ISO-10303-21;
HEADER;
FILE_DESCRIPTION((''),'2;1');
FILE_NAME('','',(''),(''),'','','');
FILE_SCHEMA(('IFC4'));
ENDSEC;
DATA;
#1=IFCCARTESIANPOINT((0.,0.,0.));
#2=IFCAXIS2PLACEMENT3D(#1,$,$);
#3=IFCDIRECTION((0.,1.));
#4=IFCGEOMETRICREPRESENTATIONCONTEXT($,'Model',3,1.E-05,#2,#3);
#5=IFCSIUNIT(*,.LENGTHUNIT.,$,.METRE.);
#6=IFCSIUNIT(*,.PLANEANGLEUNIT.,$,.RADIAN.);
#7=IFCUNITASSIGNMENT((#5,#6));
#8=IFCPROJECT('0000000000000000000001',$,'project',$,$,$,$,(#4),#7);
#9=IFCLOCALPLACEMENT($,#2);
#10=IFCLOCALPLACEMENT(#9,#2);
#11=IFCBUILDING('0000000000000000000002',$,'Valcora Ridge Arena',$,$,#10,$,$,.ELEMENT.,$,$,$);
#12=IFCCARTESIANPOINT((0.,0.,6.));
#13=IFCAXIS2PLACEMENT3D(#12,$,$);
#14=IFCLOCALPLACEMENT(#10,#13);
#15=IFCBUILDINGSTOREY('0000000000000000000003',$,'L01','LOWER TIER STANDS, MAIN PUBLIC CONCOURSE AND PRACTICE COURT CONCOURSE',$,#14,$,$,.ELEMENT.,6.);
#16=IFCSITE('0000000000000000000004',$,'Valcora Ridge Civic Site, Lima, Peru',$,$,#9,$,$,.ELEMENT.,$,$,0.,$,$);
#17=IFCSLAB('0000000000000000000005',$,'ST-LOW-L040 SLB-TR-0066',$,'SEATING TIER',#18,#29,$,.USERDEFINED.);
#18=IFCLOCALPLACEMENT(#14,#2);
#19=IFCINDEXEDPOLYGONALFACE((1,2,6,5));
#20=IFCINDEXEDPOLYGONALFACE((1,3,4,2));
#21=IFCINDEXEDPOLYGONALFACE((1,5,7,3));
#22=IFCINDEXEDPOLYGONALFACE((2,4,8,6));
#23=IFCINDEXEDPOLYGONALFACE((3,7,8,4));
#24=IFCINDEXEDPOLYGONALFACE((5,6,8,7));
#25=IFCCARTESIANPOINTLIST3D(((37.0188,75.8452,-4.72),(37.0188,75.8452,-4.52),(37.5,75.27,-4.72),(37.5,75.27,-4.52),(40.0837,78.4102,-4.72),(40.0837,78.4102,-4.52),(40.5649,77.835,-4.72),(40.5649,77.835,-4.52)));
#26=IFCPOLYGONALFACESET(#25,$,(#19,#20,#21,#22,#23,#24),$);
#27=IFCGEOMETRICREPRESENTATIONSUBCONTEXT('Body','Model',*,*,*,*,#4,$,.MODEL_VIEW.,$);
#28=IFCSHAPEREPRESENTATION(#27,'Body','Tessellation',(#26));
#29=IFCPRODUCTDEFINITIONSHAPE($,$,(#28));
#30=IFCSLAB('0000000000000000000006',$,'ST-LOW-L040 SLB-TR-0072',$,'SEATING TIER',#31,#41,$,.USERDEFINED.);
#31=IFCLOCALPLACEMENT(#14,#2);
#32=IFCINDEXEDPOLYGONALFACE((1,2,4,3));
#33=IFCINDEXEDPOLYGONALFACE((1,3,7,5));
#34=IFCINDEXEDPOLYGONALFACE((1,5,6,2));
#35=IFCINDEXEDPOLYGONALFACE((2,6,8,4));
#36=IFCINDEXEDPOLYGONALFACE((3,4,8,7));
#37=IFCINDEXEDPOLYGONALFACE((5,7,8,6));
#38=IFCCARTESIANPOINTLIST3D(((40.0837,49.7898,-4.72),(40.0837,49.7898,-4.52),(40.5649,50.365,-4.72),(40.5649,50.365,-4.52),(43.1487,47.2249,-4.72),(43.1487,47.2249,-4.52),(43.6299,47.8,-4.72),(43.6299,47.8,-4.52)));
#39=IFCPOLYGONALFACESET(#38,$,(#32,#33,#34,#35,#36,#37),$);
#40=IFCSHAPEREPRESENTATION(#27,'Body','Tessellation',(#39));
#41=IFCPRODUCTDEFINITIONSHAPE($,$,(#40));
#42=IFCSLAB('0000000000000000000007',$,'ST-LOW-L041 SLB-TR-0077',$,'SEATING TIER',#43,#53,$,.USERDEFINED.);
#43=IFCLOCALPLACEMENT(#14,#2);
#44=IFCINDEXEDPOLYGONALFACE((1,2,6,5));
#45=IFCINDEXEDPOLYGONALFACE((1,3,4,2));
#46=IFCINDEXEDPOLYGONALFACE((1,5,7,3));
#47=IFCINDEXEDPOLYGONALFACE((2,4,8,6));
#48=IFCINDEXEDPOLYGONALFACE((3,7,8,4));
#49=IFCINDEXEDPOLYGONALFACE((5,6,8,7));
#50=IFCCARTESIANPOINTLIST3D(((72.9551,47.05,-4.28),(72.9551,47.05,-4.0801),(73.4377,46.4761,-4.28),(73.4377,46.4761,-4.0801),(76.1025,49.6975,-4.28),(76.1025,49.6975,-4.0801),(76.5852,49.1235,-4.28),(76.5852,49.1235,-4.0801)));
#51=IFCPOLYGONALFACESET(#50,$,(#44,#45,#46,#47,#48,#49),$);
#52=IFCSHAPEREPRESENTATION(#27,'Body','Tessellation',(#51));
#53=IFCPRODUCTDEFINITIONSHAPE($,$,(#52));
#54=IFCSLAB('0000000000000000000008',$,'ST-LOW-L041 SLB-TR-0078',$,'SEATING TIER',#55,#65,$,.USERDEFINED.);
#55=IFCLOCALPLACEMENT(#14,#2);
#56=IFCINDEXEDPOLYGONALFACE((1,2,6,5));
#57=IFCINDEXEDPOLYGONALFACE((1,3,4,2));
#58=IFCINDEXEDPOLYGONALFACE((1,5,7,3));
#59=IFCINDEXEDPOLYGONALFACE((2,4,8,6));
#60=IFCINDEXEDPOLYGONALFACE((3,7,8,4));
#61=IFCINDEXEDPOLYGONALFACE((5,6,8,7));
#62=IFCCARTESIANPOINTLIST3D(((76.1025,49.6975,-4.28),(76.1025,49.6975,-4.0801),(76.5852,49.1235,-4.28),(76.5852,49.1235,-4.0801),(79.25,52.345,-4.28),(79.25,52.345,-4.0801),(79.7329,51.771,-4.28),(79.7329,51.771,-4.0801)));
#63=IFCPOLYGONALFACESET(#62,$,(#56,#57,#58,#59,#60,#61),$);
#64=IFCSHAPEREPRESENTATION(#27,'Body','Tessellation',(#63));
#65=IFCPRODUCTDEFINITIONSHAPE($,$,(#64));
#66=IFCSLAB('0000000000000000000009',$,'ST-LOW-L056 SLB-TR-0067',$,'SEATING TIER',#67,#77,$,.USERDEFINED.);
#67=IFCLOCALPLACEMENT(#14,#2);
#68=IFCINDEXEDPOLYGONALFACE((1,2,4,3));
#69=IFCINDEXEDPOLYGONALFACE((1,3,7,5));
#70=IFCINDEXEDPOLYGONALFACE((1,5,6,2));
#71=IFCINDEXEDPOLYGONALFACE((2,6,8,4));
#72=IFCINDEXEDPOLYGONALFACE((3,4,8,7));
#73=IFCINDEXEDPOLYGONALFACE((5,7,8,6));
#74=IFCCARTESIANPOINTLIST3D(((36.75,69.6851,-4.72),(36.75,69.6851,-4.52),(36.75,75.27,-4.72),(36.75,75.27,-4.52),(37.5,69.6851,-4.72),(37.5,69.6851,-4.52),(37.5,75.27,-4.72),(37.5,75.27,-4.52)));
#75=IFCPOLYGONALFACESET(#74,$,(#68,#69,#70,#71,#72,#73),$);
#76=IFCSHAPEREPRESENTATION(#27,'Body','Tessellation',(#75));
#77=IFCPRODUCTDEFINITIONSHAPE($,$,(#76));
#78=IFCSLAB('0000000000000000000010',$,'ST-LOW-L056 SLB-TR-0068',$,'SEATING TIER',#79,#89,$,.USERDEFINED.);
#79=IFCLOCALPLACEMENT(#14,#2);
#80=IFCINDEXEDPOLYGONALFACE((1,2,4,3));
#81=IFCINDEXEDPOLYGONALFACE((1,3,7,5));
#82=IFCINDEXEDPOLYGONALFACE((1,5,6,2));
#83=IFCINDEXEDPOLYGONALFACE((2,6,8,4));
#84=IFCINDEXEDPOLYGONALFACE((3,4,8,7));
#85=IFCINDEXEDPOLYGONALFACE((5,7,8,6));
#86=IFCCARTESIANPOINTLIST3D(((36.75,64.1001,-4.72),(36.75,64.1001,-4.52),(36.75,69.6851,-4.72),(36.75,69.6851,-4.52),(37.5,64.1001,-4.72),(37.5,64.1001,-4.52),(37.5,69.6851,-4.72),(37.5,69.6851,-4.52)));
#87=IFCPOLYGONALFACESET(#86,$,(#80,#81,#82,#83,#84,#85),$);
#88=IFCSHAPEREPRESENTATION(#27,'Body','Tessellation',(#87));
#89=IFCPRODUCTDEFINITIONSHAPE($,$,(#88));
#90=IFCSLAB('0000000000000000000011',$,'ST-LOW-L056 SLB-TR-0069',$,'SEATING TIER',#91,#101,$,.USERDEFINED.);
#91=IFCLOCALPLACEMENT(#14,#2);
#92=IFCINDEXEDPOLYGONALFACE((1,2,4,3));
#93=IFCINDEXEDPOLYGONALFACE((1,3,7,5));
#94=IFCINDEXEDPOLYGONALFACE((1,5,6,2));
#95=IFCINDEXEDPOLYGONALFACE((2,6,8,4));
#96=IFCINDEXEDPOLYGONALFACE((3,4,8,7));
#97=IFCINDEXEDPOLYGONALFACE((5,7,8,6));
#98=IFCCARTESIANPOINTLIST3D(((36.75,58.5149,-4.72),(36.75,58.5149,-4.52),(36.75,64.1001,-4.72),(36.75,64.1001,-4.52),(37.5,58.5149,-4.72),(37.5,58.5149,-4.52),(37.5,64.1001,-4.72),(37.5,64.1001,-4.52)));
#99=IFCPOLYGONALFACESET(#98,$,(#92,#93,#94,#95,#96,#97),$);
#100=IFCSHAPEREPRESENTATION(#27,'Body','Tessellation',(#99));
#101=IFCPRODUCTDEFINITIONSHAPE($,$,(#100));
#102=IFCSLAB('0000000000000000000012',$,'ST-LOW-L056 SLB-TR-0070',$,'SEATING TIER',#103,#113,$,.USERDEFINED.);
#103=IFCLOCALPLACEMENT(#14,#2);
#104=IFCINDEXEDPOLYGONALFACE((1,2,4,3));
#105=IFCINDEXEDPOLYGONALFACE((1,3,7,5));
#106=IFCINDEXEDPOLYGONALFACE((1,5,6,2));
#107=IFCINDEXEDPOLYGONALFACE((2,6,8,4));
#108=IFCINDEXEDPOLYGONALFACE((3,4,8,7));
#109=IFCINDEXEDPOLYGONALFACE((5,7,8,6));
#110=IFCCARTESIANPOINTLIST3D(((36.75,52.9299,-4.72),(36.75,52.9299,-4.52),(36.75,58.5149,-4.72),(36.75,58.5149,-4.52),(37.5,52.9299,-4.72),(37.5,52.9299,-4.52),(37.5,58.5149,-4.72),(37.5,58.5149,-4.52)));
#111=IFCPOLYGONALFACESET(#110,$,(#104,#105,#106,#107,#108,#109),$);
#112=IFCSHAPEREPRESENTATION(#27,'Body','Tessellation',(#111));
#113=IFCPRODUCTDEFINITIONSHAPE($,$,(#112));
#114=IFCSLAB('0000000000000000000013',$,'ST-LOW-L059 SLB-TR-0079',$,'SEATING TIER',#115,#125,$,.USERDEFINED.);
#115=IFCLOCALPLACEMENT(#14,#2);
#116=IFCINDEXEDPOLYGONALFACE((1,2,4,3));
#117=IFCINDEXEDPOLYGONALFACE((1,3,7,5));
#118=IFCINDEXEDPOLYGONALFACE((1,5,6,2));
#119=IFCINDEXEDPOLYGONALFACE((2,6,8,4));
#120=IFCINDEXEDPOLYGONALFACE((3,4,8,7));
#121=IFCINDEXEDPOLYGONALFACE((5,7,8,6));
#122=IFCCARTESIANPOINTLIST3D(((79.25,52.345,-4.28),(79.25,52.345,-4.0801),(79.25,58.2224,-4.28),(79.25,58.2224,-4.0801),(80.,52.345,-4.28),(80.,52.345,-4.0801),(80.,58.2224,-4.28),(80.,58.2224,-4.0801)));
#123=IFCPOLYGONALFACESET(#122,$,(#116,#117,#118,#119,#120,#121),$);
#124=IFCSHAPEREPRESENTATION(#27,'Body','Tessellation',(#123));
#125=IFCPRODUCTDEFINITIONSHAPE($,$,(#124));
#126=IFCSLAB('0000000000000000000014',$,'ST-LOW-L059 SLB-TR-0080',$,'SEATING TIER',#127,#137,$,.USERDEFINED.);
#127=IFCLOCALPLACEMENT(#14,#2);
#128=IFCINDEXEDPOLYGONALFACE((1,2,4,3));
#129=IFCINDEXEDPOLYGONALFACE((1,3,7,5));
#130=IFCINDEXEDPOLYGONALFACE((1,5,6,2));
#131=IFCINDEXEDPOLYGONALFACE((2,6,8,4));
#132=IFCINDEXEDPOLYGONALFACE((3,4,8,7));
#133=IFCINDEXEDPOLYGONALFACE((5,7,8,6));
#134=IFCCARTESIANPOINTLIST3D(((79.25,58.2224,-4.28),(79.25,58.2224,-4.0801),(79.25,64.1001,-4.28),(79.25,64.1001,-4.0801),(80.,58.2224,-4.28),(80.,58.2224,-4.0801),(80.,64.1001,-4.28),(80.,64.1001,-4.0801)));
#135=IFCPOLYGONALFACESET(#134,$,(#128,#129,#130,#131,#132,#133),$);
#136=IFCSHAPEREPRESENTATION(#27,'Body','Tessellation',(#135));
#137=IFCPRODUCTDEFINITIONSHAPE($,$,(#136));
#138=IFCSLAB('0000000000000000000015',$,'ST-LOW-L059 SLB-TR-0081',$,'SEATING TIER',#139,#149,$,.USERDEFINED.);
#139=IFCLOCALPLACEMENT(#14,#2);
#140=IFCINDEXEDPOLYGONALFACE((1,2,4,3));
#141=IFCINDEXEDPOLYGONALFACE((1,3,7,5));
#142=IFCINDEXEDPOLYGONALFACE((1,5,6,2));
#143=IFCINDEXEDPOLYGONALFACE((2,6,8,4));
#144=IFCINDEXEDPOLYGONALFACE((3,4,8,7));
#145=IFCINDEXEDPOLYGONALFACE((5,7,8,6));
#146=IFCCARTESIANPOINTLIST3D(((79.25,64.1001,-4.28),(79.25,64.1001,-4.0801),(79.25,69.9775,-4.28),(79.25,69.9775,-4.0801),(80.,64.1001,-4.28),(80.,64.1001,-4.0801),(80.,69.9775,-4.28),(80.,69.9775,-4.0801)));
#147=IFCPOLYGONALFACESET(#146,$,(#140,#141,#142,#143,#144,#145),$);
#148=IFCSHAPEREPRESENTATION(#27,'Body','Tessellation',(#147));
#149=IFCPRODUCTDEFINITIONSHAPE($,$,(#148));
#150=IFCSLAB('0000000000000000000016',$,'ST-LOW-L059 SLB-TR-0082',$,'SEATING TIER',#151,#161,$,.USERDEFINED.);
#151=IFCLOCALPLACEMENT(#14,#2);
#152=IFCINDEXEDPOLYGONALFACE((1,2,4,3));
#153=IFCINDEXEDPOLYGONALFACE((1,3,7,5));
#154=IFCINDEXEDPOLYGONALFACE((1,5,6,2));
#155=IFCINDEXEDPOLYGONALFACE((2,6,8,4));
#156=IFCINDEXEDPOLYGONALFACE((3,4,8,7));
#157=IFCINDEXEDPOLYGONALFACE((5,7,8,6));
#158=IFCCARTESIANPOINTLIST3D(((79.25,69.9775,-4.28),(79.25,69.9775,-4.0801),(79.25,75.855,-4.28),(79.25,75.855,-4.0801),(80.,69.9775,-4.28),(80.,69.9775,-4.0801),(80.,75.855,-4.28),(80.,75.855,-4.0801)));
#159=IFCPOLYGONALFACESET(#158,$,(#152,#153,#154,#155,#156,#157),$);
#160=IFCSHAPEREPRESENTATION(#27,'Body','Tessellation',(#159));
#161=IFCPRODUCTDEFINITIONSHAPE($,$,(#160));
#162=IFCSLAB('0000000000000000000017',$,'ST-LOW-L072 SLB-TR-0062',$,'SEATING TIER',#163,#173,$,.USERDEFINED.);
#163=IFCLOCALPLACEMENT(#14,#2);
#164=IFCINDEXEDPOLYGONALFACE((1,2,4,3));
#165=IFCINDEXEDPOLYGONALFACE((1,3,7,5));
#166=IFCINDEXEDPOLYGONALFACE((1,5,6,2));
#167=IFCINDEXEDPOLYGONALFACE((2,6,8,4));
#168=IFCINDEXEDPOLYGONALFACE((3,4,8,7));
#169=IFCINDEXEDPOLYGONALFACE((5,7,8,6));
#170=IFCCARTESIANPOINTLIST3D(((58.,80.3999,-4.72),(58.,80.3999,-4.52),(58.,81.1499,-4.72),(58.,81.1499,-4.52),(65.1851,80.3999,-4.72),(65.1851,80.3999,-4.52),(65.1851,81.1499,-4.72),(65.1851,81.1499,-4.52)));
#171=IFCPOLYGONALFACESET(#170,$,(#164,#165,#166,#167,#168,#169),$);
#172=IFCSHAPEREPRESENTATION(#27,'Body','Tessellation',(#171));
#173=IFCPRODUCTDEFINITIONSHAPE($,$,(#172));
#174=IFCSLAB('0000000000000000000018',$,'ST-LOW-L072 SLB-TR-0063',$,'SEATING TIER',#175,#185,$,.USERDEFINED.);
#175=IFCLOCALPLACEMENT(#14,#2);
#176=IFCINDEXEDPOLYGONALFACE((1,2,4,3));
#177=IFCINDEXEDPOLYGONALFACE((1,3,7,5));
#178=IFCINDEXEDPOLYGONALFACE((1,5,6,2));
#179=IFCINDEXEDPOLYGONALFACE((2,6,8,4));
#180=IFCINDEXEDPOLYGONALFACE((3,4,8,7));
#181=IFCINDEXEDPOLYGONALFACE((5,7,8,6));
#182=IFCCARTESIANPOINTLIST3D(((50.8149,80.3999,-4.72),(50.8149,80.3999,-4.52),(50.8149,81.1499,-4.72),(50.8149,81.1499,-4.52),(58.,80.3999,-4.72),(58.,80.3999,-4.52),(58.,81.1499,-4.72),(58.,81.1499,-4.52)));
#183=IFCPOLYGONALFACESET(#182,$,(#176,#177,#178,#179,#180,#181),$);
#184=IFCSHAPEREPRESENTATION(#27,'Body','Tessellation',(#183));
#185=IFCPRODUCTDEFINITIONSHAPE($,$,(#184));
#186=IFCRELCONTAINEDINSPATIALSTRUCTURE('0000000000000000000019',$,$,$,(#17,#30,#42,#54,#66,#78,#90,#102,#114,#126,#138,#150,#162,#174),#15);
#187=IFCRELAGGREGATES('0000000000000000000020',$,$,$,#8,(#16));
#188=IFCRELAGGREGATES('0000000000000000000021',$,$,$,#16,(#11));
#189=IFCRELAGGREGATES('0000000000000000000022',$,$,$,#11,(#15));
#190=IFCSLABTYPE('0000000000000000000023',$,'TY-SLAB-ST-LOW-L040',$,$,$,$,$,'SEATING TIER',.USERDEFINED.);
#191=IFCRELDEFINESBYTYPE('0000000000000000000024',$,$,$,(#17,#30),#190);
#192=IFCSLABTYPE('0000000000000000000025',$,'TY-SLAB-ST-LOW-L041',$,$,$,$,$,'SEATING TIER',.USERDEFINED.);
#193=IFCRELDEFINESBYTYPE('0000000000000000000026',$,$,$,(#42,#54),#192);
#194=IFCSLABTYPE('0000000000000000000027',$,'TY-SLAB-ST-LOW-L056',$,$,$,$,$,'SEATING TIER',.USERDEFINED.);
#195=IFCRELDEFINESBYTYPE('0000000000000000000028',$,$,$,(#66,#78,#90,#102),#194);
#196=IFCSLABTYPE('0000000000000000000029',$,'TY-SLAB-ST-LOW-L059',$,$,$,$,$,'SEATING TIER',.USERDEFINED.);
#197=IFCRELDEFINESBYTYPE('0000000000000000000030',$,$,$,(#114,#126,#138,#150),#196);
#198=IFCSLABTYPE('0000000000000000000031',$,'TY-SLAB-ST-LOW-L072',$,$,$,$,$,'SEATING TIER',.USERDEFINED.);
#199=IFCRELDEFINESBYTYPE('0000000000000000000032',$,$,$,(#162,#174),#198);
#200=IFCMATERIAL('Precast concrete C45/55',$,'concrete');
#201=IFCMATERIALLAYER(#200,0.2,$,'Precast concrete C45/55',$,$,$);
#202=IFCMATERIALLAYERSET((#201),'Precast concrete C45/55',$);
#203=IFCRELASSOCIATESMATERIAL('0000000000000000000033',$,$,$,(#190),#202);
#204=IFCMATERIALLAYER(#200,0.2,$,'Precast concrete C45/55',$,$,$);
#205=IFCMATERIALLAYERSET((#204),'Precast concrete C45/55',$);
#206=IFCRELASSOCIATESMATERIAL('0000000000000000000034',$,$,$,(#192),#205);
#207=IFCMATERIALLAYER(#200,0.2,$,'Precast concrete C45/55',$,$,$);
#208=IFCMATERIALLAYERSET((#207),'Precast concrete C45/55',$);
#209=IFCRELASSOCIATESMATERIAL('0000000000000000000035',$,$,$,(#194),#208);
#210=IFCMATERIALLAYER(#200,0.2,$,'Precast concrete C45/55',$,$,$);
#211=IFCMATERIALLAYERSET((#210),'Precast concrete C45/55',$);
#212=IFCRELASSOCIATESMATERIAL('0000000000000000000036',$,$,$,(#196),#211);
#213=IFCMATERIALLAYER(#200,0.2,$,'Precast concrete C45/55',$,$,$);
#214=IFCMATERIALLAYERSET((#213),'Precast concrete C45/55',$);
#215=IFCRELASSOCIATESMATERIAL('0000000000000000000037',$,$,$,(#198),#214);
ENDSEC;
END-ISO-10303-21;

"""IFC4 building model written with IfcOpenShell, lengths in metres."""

from ifc_helpers import new_model, si_unit, direction, frame, origin, place, context, subcontext, project, spatial, polyline, outline, extrude, material, layer, layer_set, type_object, element, save


model = new_model("IFC4")

# Units and contexts
model_context = context("Model", 3, precision=1e-05, world=origin(), true_north=direction((0.0, 1.0)))
body_context = subcontext(model_context, "Body", "Model", "MODEL_VIEW")
ifc_project = project(units=[si_unit("LENGTHUNIT", "METRE"), si_unit("PLANEANGLEUNIT", "RADIAN")], contexts=[model_context])

# Site, building, storey
site_placement = place(None, origin())
site = spatial("IfcSite", under=ifc_project, at=site_placement, Name="Valcora Ridge Civic Site, Lima, Peru", CompositionType="ELEMENT", RefElevation=0.0)
building_placement = place(site_placement, origin())
building = spatial("IfcBuilding", under=site, at=building_placement, Name="Valcora Ridge Arena", CompositionType="ELEMENT")
storey_placement = place(building_placement, frame((0.0, 0.0, 6.0)))
storey = spatial("IfcBuildingStorey", under=building, at=storey_placement, Name="L01", Description="LOWER TIER STANDS, MAIN PUBLIC CONCOURSE AND PRACTICE COURT CONCOURSE", CompositionType="ELEMENT", Elevation=6.0)

# Slabs
ifc_material = material(Name="Precast concrete C45/55", Category="concrete")
ifc_layer_1 = layer(ifc_material, 0.2, Name="Precast concrete C45/55")
ifc_layer_set_1 = layer_set([ifc_layer_1], Name="Precast concrete C45/55")
slab_type_1 = type_object("IfcSlabType", Name="TY-SLAB-ST-LOW-L040", ElementType="SEATING TIER", PredefinedType="USERDEFINED", material=ifc_layer_set_1)
slab_1_placement = place(storey_placement, frame((0.0, 0.0, -4.72)))
element("IfcSlab", 1, at=slab_1_placement, inside=storey, type_object=slab_type_1, Name="ST-LOW-L040 SLB-TR-0066", ObjectType="SEATING TIER", PredefinedType="USERDEFINED", context=body_context, shape_type="SweptSolid", body=[
    extrude(outline(polyline([(40.5649, 77.835), (37.5, 75.27), (37.0188, 75.8452), (40.0837, 78.4102), (40.5649, 77.835)])), origin(), (0.0, 0.0, 1.0), 0.2),
])
slab_2_placement = place(storey_placement, frame((0.0, 0.0, -4.72)))
element("IfcSlab", 2, at=slab_2_placement, inside=storey, type_object=slab_type_1, Name="ST-LOW-L040 SLB-TR-0072", ObjectType="SEATING TIER", PredefinedType="USERDEFINED", context=body_context, shape_type="SweptSolid", body=[
    extrude(outline(polyline([(40.5649, 50.365), (43.6299, 47.8), (43.1487, 47.2249), (40.0837, 49.7898), (40.5649, 50.365)])), origin(), (0.0, 0.0, 1.0), 0.2),
])
ifc_layer_2 = layer(ifc_material, 0.2, Name="Precast concrete C45/55")
ifc_layer_set_2 = layer_set([ifc_layer_2], Name="Precast concrete C45/55")
slab_type_2 = type_object("IfcSlabType", Name="TY-SLAB-ST-LOW-L041", ElementType="SEATING TIER", PredefinedType="USERDEFINED", material=ifc_layer_set_2)
slab_3_placement = place(storey_placement, frame((0.0, 0.0, -4.28)))
element("IfcSlab", 3, at=slab_3_placement, inside=storey, type_object=slab_type_2, Name="ST-LOW-L041 SLB-TR-0077", ObjectType="SEATING TIER", PredefinedType="USERDEFINED", context=body_context, shape_type="SweptSolid", body=[
    extrude(outline(polyline([(72.9551, 47.05), (76.1025, 49.6975), (76.5852, 49.1235), (73.4377, 46.4761), (72.9551, 47.05)])), origin(), (0.0, 0.0, 1.0), 0.2),
])
slab_4_placement = place(storey_placement, frame((0.0, 0.0, -4.28)))
element("IfcSlab", 4, at=slab_4_placement, inside=storey, type_object=slab_type_2, Name="ST-LOW-L041 SLB-TR-0078", ObjectType="SEATING TIER", PredefinedType="USERDEFINED", context=body_context, shape_type="SweptSolid", body=[
    extrude(outline(polyline([(76.1025, 49.6975), (79.25, 52.345), (79.7329, 51.771), (76.5852, 49.1235), (76.1025, 49.6975)])), origin(), (0.0, 0.0, 1.0), 0.2),
])
ifc_layer_3 = layer(ifc_material, 0.2, Name="Precast concrete C45/55")
ifc_layer_set_3 = layer_set([ifc_layer_3], Name="Precast concrete C45/55")
slab_type_3 = type_object("IfcSlabType", Name="TY-SLAB-ST-LOW-L056", ElementType="SEATING TIER", PredefinedType="USERDEFINED", material=ifc_layer_set_3)
slab_5_placement = place(storey_placement, frame((0.0, 0.0, -4.72)))
element("IfcSlab", 5, at=slab_5_placement, inside=storey, type_object=slab_type_3, Name="ST-LOW-L056 SLB-TR-0067", ObjectType="SEATING TIER", PredefinedType="USERDEFINED", context=body_context, shape_type="SweptSolid", body=[
    extrude(outline(polyline([(37.5, 75.27), (37.5, 69.6851), (36.75, 69.6851), (36.75, 75.27), (37.5, 75.27)])), origin(), (0.0, 0.0, 1.0), 0.2),
])
slab_6_placement = place(storey_placement, frame((0.0, 0.0, -4.72)))
element("IfcSlab", 6, at=slab_6_placement, inside=storey, type_object=slab_type_3, Name="ST-LOW-L056 SLB-TR-0068", ObjectType="SEATING TIER", PredefinedType="USERDEFINED", context=body_context, shape_type="SweptSolid", body=[
    extrude(outline(polyline([(37.5, 69.6851), (37.5, 64.1001), (36.75, 64.1001), (36.75, 69.6851), (37.5, 69.6851)])), origin(), (0.0, 0.0, 1.0), 0.2),
])
slab_7_placement = place(storey_placement, frame((0.0, 0.0, -4.72)))
element("IfcSlab", 7, at=slab_7_placement, inside=storey, type_object=slab_type_3, Name="ST-LOW-L056 SLB-TR-0069", ObjectType="SEATING TIER", PredefinedType="USERDEFINED", context=body_context, shape_type="SweptSolid", body=[
    extrude(outline(polyline([(37.5, 64.1001), (37.5, 58.5149), (36.75, 58.5149), (36.75, 64.1001), (37.5, 64.1001)])), origin(), (0.0, 0.0, 1.0), 0.2),
])
slab_8_placement = place(storey_placement, frame((0.0, 0.0, -4.72)))
element("IfcSlab", 8, at=slab_8_placement, inside=storey, type_object=slab_type_3, Name="ST-LOW-L056 SLB-TR-0070", ObjectType="SEATING TIER", PredefinedType="USERDEFINED", context=body_context, shape_type="SweptSolid", body=[
    extrude(outline(polyline([(37.5, 58.5149), (37.5, 52.9299), (36.75, 52.9299), (36.75, 58.5149), (37.5, 58.5149)])), origin(), (0.0, 0.0, 1.0), 0.2),
])
ifc_layer_4 = layer(ifc_material, 0.2, Name="Precast concrete C45/55")
ifc_layer_set_4 = layer_set([ifc_layer_4], Name="Precast concrete C45/55")
slab_type_4 = type_object("IfcSlabType", Name="TY-SLAB-ST-LOW-L059", ElementType="SEATING TIER", PredefinedType="USERDEFINED", material=ifc_layer_set_4)
slab_9_placement = place(storey_placement, frame((0.0, 0.0, -4.28)))
element("IfcSlab", 9, at=slab_9_placement, inside=storey, type_object=slab_type_4, Name="ST-LOW-L059 SLB-TR-0079", ObjectType="SEATING TIER", PredefinedType="USERDEFINED", context=body_context, shape_type="SweptSolid", body=[
    extrude(outline(polyline([(79.25, 52.345), (79.25, 58.2224), (80.0, 58.2224), (80.0, 52.345), (79.25, 52.345)])), origin(), (0.0, 0.0, 1.0), 0.2),
])
slab_10_placement = place(storey_placement, frame((0.0, 0.0, -4.28)))
element("IfcSlab", 10, at=slab_10_placement, inside=storey, type_object=slab_type_4, Name="ST-LOW-L059 SLB-TR-0080", ObjectType="SEATING TIER", PredefinedType="USERDEFINED", context=body_context, shape_type="SweptSolid", body=[
    extrude(outline(polyline([(79.25, 58.2224), (79.25, 64.1001), (80.0, 64.1001), (80.0, 58.2224), (79.25, 58.2224)])), origin(), (0.0, 0.0, 1.0), 0.2),
])
slab_11_placement = place(storey_placement, frame((0.0, 0.0, -4.28)))
element("IfcSlab", 11, at=slab_11_placement, inside=storey, type_object=slab_type_4, Name="ST-LOW-L059 SLB-TR-0081", ObjectType="SEATING TIER", PredefinedType="USERDEFINED", context=body_context, shape_type="SweptSolid", body=[
    extrude(outline(polyline([(79.25, 64.1001), (79.25, 69.9775), (80.0, 69.9775), (80.0, 64.1001), (79.25, 64.1001)])), origin(), (0.0, 0.0, 1.0), 0.2),
])
slab_12_placement = place(storey_placement, frame((0.0, 0.0, -4.28)))
element("IfcSlab", 12, at=slab_12_placement, inside=storey, type_object=slab_type_4, Name="ST-LOW-L059 SLB-TR-0082", ObjectType="SEATING TIER", PredefinedType="USERDEFINED", context=body_context, shape_type="SweptSolid", body=[
    extrude(outline(polyline([(79.25, 69.9775), (79.25, 75.855), (80.0, 75.855), (80.0, 69.9775), (79.25, 69.9775)])), origin(), (0.0, 0.0, 1.0), 0.2),
])
ifc_layer_5 = layer(ifc_material, 0.2, Name="Precast concrete C45/55")
ifc_layer_set_5 = layer_set([ifc_layer_5], Name="Precast concrete C45/55")
slab_type_5 = type_object("IfcSlabType", Name="TY-SLAB-ST-LOW-L072", ElementType="SEATING TIER", PredefinedType="USERDEFINED", material=ifc_layer_set_5)
slab_13_placement = place(storey_placement, frame((0.0, 0.0, -4.72)))
element("IfcSlab", 13, at=slab_13_placement, inside=storey, type_object=slab_type_5, Name="ST-LOW-L072 SLB-TR-0062", ObjectType="SEATING TIER", PredefinedType="USERDEFINED", context=body_context, shape_type="SweptSolid", body=[
    extrude(outline(polyline([(65.1851, 80.3999), (58.0, 80.3999), (58.0, 81.1499), (65.1851, 81.1499), (65.1851, 80.3999)])), origin(), (0.0, 0.0, 1.0), 0.2),
])
slab_14_placement = place(storey_placement, frame((0.0, 0.0, -4.72)))
element("IfcSlab", 14, at=slab_14_placement, inside=storey, type_object=slab_type_5, Name="ST-LOW-L072 SLB-TR-0063", ObjectType="SEATING TIER", PredefinedType="USERDEFINED", context=body_context, shape_type="SweptSolid", body=[
    extrude(outline(polyline([(58.0, 80.3999), (50.8149, 80.3999), (50.8149, 81.1499), (58.0, 81.1499), (58.0, 80.3999)])), origin(), (0.0, 0.0, 1.0), 0.2),
])

save(model, "model.ifc")
